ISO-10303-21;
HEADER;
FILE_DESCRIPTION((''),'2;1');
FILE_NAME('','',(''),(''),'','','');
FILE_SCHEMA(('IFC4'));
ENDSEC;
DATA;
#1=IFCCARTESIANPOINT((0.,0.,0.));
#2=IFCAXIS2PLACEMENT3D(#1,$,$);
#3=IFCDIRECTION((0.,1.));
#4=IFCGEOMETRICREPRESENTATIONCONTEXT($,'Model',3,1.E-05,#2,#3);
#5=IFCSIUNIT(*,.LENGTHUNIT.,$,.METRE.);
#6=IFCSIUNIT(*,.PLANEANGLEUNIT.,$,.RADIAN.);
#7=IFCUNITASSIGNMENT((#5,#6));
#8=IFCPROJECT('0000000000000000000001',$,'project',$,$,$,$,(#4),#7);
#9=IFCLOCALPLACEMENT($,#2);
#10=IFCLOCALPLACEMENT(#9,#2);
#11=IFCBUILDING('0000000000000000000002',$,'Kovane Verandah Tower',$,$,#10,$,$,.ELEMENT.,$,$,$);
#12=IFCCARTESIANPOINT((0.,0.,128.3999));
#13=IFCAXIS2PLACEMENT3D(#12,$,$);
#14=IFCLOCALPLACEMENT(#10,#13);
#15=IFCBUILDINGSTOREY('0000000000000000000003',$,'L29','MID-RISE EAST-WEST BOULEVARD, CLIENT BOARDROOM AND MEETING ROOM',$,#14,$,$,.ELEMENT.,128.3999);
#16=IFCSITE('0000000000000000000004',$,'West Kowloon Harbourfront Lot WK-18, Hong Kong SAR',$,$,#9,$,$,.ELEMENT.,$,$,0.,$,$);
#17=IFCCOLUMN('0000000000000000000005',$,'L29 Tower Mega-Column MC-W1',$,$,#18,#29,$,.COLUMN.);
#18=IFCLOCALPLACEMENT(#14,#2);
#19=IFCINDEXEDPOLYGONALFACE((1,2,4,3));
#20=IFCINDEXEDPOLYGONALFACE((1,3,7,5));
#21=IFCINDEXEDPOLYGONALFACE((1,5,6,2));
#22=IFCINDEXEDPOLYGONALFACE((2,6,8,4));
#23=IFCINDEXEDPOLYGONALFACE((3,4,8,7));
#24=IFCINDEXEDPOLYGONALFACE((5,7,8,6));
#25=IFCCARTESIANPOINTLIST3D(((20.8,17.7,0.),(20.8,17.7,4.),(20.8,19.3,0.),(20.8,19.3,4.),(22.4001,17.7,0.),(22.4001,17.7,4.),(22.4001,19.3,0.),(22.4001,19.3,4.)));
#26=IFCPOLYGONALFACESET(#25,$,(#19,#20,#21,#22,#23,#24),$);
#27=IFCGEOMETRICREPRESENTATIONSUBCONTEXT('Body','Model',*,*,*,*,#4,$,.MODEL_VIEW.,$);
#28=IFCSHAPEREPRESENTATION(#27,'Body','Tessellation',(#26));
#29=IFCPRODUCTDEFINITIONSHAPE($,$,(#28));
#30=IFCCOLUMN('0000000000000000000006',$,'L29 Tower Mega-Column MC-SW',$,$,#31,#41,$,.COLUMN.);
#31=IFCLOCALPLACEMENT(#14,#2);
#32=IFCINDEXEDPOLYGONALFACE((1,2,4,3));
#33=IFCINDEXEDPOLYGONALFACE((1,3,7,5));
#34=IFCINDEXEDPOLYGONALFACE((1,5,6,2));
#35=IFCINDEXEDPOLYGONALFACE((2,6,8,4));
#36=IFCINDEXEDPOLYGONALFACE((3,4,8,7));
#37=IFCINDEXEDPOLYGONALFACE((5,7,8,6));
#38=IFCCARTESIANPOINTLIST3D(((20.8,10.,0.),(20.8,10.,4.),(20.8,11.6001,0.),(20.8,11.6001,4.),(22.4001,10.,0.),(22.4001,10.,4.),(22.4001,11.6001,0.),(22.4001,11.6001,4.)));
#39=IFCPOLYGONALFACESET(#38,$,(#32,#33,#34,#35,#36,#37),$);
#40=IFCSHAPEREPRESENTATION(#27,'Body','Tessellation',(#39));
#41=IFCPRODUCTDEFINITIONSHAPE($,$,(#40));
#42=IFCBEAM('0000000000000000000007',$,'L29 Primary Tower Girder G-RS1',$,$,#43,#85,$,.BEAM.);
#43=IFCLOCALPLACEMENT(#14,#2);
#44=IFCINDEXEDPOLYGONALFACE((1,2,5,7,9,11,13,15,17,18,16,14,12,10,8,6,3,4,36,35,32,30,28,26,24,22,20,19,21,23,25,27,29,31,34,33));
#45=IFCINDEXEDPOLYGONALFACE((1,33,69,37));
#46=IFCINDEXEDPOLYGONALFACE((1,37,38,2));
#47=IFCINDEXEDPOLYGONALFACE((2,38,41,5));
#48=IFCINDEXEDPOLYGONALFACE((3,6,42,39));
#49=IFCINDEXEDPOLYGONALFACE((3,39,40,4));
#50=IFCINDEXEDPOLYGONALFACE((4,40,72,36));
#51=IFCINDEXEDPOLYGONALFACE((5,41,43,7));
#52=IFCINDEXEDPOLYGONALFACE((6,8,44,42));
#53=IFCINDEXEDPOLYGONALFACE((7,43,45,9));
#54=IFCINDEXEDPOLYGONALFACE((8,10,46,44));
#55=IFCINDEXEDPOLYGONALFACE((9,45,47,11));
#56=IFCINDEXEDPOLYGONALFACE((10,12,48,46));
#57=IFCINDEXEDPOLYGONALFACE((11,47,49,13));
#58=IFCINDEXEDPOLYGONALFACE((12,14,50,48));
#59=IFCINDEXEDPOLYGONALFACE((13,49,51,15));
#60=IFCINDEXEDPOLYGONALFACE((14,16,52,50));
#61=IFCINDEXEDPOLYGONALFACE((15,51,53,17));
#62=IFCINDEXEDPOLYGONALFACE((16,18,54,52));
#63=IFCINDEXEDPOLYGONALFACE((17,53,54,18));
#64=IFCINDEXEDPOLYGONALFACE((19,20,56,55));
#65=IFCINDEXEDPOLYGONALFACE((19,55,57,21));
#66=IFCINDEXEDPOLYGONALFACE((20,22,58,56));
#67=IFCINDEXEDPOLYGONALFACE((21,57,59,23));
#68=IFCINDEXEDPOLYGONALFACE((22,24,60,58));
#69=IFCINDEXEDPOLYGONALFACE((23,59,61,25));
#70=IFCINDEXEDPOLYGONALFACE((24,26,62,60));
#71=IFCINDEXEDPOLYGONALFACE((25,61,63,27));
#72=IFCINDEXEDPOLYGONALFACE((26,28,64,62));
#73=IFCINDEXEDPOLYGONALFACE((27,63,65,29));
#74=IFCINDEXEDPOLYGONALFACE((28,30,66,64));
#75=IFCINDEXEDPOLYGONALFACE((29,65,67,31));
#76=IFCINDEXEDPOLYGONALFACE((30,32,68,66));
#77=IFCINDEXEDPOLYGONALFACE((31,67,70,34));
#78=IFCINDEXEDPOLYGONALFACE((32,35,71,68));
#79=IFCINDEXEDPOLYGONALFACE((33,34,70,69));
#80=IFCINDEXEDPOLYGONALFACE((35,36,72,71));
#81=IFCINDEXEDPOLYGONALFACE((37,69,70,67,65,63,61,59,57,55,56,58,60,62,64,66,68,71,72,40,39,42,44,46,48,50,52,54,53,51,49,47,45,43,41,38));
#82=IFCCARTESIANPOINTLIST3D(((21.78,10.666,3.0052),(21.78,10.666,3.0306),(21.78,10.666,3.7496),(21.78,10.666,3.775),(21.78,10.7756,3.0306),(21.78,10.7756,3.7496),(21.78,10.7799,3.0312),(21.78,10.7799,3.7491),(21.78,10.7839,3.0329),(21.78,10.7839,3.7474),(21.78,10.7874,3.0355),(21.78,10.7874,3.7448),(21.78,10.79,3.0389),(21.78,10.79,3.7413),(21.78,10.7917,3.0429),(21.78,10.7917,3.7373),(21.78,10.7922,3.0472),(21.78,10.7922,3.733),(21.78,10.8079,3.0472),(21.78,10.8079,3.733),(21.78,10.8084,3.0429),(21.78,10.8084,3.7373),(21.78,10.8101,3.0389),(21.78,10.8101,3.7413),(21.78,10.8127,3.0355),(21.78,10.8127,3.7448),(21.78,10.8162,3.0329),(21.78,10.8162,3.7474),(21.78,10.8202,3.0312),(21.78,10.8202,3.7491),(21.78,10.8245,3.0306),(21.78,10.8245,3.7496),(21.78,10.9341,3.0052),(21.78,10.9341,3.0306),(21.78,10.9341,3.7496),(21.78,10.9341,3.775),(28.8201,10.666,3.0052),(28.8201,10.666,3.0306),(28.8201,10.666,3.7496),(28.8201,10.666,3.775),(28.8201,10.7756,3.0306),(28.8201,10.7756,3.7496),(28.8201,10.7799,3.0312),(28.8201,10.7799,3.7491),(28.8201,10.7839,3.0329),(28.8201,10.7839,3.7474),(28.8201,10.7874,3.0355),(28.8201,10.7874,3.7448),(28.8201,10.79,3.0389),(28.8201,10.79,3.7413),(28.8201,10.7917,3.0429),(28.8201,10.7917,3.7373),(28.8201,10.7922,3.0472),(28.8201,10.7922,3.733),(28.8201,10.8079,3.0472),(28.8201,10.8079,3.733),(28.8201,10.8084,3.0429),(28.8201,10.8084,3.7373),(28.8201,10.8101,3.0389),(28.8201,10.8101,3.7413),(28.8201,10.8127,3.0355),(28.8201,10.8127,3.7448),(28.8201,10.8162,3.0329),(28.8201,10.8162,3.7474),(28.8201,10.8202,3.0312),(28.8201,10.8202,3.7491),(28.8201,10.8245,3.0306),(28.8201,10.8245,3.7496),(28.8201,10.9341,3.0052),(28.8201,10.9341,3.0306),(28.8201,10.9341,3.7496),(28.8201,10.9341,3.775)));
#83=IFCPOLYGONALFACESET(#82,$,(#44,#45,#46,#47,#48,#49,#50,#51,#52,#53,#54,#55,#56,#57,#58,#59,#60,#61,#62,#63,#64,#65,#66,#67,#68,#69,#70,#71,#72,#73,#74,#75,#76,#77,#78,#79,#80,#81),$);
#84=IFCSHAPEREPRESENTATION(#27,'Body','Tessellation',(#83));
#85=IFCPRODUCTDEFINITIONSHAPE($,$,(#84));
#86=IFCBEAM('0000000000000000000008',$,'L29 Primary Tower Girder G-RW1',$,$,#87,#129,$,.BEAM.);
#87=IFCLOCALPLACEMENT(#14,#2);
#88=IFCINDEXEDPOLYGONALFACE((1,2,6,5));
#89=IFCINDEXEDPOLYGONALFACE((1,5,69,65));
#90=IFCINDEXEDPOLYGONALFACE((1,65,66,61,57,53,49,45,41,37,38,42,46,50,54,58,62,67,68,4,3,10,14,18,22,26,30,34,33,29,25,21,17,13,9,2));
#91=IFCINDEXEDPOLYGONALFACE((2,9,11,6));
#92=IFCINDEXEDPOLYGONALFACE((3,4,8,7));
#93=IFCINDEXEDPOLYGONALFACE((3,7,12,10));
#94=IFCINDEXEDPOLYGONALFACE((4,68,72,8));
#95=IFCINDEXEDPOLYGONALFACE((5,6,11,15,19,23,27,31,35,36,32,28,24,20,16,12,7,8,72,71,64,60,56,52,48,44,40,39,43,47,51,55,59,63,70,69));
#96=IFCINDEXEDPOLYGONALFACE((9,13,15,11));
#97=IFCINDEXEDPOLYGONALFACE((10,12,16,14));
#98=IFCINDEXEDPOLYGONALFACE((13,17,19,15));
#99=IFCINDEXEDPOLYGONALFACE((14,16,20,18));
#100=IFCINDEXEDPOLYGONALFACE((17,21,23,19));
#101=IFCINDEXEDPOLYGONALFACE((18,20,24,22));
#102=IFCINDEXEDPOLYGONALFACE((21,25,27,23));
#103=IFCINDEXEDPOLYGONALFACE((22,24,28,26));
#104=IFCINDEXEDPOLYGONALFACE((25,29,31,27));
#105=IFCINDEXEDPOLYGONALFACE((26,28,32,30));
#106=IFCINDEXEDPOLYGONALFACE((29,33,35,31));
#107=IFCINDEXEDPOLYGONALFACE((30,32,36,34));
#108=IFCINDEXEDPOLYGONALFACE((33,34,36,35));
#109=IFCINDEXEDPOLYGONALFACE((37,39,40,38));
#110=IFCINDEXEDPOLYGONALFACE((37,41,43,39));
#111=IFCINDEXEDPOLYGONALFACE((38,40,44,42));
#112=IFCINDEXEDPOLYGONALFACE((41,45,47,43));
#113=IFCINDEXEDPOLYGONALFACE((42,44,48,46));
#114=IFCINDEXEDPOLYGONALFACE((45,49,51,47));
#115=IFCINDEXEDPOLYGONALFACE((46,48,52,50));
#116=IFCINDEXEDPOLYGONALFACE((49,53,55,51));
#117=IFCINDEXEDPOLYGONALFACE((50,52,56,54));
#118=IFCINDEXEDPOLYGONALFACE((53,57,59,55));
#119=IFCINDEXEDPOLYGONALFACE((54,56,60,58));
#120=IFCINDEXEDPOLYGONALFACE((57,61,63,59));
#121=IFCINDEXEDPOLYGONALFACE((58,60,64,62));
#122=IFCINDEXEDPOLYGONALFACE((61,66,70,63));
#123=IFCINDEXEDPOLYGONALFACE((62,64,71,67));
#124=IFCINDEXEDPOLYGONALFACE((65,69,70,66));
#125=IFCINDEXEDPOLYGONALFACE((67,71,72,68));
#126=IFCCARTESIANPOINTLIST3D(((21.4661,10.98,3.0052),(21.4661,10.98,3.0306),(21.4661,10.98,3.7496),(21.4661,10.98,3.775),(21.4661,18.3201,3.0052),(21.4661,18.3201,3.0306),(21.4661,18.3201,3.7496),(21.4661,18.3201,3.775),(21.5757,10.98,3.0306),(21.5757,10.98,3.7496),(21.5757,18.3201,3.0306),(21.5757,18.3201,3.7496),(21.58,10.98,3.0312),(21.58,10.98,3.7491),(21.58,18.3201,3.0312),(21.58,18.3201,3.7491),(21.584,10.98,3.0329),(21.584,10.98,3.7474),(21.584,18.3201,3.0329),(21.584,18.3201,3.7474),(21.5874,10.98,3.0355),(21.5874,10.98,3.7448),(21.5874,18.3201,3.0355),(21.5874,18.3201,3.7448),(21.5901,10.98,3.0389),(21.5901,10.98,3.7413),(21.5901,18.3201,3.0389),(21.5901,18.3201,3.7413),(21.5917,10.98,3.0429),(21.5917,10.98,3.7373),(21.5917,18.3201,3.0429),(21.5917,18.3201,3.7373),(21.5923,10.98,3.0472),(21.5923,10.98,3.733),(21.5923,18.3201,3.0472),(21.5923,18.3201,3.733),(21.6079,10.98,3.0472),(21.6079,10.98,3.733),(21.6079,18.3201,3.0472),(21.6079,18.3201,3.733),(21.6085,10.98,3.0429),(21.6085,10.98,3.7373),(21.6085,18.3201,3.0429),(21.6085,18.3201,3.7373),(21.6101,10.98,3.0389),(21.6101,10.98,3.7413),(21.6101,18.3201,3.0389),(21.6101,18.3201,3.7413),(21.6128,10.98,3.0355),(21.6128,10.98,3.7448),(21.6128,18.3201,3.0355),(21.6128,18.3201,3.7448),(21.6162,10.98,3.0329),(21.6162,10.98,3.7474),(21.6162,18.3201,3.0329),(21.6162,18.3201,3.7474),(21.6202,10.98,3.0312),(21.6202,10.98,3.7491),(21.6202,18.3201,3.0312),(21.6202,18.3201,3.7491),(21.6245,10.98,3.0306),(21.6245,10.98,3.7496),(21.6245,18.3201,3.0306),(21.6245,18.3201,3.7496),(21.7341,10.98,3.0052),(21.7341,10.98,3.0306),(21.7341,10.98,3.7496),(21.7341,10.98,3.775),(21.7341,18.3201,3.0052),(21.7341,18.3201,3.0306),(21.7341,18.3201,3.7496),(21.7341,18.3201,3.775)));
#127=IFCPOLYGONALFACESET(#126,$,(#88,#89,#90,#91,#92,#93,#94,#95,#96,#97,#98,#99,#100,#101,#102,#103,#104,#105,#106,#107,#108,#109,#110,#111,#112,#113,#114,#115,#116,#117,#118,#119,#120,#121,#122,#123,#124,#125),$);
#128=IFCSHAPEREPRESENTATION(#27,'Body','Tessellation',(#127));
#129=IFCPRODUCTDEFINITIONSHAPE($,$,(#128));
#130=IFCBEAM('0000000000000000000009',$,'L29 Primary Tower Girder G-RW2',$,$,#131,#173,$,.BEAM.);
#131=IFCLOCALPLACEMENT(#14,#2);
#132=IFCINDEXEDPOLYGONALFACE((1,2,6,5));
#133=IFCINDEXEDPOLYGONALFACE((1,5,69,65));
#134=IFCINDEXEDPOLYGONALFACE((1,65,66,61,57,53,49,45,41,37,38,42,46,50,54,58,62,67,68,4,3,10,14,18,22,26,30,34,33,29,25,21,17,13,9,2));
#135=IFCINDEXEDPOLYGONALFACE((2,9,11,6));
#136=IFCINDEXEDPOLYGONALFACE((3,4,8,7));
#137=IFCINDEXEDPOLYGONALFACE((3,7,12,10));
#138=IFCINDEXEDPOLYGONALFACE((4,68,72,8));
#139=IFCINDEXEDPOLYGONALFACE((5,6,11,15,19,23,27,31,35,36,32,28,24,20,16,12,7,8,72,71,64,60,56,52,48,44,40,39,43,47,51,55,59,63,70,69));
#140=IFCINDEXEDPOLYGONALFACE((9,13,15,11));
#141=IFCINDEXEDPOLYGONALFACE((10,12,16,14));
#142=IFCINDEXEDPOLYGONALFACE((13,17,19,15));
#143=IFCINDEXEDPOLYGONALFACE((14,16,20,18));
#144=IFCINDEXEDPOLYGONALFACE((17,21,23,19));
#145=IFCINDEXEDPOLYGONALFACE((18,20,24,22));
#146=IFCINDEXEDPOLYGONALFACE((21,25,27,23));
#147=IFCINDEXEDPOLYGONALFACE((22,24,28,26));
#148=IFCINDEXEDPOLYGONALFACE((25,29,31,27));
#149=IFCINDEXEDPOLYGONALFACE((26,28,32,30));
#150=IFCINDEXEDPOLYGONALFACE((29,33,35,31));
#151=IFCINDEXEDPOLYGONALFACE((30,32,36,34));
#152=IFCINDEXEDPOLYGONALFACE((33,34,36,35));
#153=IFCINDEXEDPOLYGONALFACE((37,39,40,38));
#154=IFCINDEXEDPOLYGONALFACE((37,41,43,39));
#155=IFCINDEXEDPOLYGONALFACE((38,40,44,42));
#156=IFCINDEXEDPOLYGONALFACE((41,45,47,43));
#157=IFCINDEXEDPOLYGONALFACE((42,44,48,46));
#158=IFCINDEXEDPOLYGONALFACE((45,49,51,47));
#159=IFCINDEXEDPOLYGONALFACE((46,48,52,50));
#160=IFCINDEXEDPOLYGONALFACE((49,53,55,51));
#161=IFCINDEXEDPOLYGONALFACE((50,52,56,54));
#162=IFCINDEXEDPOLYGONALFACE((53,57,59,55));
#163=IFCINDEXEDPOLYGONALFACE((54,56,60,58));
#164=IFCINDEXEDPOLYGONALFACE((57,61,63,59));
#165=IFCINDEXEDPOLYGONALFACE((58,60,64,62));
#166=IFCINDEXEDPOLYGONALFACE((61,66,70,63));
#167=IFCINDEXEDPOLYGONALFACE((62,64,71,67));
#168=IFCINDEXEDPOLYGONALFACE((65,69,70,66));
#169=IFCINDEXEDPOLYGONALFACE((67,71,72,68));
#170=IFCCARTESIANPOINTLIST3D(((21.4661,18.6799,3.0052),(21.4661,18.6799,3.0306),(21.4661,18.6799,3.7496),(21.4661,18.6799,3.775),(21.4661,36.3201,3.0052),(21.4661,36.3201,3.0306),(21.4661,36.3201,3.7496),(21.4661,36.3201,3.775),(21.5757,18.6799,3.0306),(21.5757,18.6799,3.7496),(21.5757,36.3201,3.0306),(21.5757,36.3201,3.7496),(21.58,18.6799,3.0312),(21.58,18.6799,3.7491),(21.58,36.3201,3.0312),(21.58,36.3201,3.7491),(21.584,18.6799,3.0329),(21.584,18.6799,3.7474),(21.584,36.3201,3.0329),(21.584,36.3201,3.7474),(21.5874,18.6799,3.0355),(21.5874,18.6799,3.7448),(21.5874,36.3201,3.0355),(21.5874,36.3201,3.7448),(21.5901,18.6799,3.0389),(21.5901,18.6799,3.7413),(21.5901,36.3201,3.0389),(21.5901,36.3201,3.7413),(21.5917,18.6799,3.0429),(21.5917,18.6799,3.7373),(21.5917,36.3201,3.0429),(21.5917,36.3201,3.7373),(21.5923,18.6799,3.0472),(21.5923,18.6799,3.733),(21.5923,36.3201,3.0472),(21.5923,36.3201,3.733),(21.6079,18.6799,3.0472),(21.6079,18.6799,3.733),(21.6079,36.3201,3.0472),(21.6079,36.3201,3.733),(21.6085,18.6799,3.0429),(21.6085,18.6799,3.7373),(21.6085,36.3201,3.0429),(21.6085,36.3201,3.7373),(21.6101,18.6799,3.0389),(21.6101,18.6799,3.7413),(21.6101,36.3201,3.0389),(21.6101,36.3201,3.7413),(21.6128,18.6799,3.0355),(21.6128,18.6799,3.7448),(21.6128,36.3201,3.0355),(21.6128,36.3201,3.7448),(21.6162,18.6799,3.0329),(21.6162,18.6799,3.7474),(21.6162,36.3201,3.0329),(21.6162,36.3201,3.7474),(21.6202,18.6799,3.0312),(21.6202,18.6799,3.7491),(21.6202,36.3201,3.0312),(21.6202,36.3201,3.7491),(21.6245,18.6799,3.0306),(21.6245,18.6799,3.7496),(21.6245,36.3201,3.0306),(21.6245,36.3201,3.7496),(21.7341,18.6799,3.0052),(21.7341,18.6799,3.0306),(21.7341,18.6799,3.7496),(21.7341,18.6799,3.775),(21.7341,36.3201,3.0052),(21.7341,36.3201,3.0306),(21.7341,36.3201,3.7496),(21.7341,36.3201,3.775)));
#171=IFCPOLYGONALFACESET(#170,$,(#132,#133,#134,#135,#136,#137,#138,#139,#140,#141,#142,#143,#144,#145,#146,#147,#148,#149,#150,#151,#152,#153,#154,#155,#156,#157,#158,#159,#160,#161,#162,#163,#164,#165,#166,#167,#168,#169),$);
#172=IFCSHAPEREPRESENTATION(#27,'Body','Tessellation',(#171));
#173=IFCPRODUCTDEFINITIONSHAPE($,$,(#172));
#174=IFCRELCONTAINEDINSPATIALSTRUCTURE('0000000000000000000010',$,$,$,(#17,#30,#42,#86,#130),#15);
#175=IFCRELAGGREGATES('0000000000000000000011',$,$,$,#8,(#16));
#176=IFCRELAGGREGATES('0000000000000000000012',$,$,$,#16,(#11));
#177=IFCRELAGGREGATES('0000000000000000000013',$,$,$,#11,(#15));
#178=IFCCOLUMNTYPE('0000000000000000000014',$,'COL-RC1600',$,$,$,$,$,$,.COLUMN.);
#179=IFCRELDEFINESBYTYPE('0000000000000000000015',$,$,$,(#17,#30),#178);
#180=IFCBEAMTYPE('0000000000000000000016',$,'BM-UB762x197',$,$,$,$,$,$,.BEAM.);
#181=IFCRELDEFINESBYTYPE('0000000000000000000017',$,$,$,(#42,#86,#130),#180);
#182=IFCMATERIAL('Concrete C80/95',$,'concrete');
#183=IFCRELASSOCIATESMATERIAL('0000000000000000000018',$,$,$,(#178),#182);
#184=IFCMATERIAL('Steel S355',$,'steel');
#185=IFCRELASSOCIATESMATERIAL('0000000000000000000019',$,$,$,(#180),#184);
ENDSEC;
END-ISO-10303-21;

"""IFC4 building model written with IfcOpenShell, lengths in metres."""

from ifc_helpers import new_model, si_unit, direction, frame, origin, origin_2d, place, context, subcontext, project, spatial, rectangle, i_section, extrude, material, material_profile, profile_set, type_object, element, save


model = new_model("IFC4")

# Units and contexts
model_context = context("Model", 3, precision=1e-05, world=origin(), true_north=direction((0.0, 1.0)))
body_context = subcontext(model_context, "Body", "Model", "MODEL_VIEW")
ifc_project = project(units=[si_unit("LENGTHUNIT", "METRE"), si_unit("PLANEANGLEUNIT", "RADIAN")], contexts=[model_context])

# Site, building, storey
site_placement = place(None, origin())
site = spatial("IfcSite", under=ifc_project, at=site_placement, Name="West Kowloon Harbourfront Lot WK-18, Hong Kong SAR", CompositionType="ELEMENT", RefElevation=0.0)
building_placement = place(site_placement, origin())
building = spatial("IfcBuilding", under=site, at=building_placement, Name="Kovane Verandah Tower", CompositionType="ELEMENT")
storey_placement = place(building_placement, frame((0.0, 0.0, 128.3999)))
storey = spatial("IfcBuildingStorey", under=building, at=storey_placement, Name="L29", Description="MID-RISE EAST-WEST BOULEVARD, CLIENT BOARDROOM AND MEETING ROOM", CompositionType="ELEMENT", Elevation=128.3999)

# Columns
ifc_material_1 = material(Name="Concrete C80/95", Category="concrete")
ifc_material_profile_1 = material_profile(ifc_material_1, rectangle(XDim=1.6001, YDim=1.6001, at=origin_2d()), Name="RC1600x1600")
ifc_profile_set_1 = profile_set([ifc_material_profile_1], Name="Concrete C80/95")
column_type = type_object("IfcColumnType", Name="COL-RC1600", PredefinedType="COLUMN", material=ifc_profile_set_1)
for number, where, z_axis, x_axis, name in (
    (1, (21.6001, 18.5, 0.0), (0.0, 0.0, 1.0), (1.0, 0.0, 0.0), "L29 Tower Mega-Column MC-W1"),
    (2, (21.6001, 10.8, 0.0), (0.0, 0.0, 1.0), (1.0, 0.0, 0.0), "L29 Tower Mega-Column MC-SW"),
):
    element("IfcColumn", number, at=place(storey_placement, frame(where, z_axis=z_axis, x_axis=x_axis)), inside=storey, type_object=column_type, Name=name, PredefinedType="COLUMN", context=body_context, shape_type="SweptSolid", body=[
        extrude(rectangle(XDim=1.6001, YDim=1.6001, at=origin_2d()), origin(), (0.0, 0.0, 1.0), 4.0),
    ])

# Beams
ifc_material_2 = material(Name="Steel S355", Category="steel")
ifc_material_profile_2 = material_profile(ifc_material_2, i_section(OverallWidth=0.2681, OverallDepth=0.7698, WebThickness=0.0156, FlangeThickness=0.0254, FilletRadius=0.0166, at=origin_2d()), Name="UB762x267x197")
ifc_profile_set_2 = profile_set([ifc_material_profile_2], Name="Steel S355")
beam_type_1 = type_object("IfcBeamType", Name="BM-UB762x197", PredefinedType="BEAM", material=ifc_profile_set_2)
beam_1_placement = place(storey_placement, frame((21.78, 10.8, 3.3901), z_axis=(1.0, 0.0, 0.0), x_axis=(0.0, 1.0, 0.0)))
element("IfcBeam", 3, at=beam_1_placement, inside=storey, type_object=beam_type_1, Name="L29 Primary Tower Girder G-RS1", PredefinedType="BEAM", context=body_context, shape_type="SweptSolid", body=[
    extrude(i_section(OverallWidth=0.2681, OverallDepth=0.7698, WebThickness=0.0156, FlangeThickness=0.0254, FilletRadius=0.0166, at=origin_2d()), origin(), (0.0, 0.0, 1.0), 7.04),
])
beam_2_placement = place(storey_placement, frame((21.6001, 10.98, 3.3901), z_axis=(0.0, 1.0, 0.0), x_axis=(-1.0, 0.0, 0.0)))
element("IfcBeam", 4, at=beam_2_placement, inside=storey, type_object=beam_type_1, Name="L29 Primary Tower Girder G-RW1", PredefinedType="BEAM", context=body_context, shape_type="SweptSolid", body=[
    extrude(i_section(OverallWidth=0.2681, OverallDepth=0.7698, WebThickness=0.0156, FlangeThickness=0.0254, FilletRadius=0.0166, at=origin_2d()), origin(), (0.0, 0.0, 1.0), 7.3401),
])
beam_3_placement = place(storey_placement, frame((21.6001, 18.6799, 3.3901), z_axis=(0.0, 1.0, 0.0), x_axis=(-1.0, 0.0, 0.0)))
element("IfcBeam", 5, at=beam_3_placement, inside=storey, type_object=beam_type_1, Name="L29 Primary Tower Girder G-RW2", PredefinedType="BEAM", context=body_context, shape_type="SweptSolid", body=[
    extrude(i_section(OverallWidth=0.2681, OverallDepth=0.7698, WebThickness=0.0156, FlangeThickness=0.0254, FilletRadius=0.0166, at=origin_2d()), origin(), (0.0, 0.0, 1.0), 17.6401),
])

save(model, "model.ifc")
